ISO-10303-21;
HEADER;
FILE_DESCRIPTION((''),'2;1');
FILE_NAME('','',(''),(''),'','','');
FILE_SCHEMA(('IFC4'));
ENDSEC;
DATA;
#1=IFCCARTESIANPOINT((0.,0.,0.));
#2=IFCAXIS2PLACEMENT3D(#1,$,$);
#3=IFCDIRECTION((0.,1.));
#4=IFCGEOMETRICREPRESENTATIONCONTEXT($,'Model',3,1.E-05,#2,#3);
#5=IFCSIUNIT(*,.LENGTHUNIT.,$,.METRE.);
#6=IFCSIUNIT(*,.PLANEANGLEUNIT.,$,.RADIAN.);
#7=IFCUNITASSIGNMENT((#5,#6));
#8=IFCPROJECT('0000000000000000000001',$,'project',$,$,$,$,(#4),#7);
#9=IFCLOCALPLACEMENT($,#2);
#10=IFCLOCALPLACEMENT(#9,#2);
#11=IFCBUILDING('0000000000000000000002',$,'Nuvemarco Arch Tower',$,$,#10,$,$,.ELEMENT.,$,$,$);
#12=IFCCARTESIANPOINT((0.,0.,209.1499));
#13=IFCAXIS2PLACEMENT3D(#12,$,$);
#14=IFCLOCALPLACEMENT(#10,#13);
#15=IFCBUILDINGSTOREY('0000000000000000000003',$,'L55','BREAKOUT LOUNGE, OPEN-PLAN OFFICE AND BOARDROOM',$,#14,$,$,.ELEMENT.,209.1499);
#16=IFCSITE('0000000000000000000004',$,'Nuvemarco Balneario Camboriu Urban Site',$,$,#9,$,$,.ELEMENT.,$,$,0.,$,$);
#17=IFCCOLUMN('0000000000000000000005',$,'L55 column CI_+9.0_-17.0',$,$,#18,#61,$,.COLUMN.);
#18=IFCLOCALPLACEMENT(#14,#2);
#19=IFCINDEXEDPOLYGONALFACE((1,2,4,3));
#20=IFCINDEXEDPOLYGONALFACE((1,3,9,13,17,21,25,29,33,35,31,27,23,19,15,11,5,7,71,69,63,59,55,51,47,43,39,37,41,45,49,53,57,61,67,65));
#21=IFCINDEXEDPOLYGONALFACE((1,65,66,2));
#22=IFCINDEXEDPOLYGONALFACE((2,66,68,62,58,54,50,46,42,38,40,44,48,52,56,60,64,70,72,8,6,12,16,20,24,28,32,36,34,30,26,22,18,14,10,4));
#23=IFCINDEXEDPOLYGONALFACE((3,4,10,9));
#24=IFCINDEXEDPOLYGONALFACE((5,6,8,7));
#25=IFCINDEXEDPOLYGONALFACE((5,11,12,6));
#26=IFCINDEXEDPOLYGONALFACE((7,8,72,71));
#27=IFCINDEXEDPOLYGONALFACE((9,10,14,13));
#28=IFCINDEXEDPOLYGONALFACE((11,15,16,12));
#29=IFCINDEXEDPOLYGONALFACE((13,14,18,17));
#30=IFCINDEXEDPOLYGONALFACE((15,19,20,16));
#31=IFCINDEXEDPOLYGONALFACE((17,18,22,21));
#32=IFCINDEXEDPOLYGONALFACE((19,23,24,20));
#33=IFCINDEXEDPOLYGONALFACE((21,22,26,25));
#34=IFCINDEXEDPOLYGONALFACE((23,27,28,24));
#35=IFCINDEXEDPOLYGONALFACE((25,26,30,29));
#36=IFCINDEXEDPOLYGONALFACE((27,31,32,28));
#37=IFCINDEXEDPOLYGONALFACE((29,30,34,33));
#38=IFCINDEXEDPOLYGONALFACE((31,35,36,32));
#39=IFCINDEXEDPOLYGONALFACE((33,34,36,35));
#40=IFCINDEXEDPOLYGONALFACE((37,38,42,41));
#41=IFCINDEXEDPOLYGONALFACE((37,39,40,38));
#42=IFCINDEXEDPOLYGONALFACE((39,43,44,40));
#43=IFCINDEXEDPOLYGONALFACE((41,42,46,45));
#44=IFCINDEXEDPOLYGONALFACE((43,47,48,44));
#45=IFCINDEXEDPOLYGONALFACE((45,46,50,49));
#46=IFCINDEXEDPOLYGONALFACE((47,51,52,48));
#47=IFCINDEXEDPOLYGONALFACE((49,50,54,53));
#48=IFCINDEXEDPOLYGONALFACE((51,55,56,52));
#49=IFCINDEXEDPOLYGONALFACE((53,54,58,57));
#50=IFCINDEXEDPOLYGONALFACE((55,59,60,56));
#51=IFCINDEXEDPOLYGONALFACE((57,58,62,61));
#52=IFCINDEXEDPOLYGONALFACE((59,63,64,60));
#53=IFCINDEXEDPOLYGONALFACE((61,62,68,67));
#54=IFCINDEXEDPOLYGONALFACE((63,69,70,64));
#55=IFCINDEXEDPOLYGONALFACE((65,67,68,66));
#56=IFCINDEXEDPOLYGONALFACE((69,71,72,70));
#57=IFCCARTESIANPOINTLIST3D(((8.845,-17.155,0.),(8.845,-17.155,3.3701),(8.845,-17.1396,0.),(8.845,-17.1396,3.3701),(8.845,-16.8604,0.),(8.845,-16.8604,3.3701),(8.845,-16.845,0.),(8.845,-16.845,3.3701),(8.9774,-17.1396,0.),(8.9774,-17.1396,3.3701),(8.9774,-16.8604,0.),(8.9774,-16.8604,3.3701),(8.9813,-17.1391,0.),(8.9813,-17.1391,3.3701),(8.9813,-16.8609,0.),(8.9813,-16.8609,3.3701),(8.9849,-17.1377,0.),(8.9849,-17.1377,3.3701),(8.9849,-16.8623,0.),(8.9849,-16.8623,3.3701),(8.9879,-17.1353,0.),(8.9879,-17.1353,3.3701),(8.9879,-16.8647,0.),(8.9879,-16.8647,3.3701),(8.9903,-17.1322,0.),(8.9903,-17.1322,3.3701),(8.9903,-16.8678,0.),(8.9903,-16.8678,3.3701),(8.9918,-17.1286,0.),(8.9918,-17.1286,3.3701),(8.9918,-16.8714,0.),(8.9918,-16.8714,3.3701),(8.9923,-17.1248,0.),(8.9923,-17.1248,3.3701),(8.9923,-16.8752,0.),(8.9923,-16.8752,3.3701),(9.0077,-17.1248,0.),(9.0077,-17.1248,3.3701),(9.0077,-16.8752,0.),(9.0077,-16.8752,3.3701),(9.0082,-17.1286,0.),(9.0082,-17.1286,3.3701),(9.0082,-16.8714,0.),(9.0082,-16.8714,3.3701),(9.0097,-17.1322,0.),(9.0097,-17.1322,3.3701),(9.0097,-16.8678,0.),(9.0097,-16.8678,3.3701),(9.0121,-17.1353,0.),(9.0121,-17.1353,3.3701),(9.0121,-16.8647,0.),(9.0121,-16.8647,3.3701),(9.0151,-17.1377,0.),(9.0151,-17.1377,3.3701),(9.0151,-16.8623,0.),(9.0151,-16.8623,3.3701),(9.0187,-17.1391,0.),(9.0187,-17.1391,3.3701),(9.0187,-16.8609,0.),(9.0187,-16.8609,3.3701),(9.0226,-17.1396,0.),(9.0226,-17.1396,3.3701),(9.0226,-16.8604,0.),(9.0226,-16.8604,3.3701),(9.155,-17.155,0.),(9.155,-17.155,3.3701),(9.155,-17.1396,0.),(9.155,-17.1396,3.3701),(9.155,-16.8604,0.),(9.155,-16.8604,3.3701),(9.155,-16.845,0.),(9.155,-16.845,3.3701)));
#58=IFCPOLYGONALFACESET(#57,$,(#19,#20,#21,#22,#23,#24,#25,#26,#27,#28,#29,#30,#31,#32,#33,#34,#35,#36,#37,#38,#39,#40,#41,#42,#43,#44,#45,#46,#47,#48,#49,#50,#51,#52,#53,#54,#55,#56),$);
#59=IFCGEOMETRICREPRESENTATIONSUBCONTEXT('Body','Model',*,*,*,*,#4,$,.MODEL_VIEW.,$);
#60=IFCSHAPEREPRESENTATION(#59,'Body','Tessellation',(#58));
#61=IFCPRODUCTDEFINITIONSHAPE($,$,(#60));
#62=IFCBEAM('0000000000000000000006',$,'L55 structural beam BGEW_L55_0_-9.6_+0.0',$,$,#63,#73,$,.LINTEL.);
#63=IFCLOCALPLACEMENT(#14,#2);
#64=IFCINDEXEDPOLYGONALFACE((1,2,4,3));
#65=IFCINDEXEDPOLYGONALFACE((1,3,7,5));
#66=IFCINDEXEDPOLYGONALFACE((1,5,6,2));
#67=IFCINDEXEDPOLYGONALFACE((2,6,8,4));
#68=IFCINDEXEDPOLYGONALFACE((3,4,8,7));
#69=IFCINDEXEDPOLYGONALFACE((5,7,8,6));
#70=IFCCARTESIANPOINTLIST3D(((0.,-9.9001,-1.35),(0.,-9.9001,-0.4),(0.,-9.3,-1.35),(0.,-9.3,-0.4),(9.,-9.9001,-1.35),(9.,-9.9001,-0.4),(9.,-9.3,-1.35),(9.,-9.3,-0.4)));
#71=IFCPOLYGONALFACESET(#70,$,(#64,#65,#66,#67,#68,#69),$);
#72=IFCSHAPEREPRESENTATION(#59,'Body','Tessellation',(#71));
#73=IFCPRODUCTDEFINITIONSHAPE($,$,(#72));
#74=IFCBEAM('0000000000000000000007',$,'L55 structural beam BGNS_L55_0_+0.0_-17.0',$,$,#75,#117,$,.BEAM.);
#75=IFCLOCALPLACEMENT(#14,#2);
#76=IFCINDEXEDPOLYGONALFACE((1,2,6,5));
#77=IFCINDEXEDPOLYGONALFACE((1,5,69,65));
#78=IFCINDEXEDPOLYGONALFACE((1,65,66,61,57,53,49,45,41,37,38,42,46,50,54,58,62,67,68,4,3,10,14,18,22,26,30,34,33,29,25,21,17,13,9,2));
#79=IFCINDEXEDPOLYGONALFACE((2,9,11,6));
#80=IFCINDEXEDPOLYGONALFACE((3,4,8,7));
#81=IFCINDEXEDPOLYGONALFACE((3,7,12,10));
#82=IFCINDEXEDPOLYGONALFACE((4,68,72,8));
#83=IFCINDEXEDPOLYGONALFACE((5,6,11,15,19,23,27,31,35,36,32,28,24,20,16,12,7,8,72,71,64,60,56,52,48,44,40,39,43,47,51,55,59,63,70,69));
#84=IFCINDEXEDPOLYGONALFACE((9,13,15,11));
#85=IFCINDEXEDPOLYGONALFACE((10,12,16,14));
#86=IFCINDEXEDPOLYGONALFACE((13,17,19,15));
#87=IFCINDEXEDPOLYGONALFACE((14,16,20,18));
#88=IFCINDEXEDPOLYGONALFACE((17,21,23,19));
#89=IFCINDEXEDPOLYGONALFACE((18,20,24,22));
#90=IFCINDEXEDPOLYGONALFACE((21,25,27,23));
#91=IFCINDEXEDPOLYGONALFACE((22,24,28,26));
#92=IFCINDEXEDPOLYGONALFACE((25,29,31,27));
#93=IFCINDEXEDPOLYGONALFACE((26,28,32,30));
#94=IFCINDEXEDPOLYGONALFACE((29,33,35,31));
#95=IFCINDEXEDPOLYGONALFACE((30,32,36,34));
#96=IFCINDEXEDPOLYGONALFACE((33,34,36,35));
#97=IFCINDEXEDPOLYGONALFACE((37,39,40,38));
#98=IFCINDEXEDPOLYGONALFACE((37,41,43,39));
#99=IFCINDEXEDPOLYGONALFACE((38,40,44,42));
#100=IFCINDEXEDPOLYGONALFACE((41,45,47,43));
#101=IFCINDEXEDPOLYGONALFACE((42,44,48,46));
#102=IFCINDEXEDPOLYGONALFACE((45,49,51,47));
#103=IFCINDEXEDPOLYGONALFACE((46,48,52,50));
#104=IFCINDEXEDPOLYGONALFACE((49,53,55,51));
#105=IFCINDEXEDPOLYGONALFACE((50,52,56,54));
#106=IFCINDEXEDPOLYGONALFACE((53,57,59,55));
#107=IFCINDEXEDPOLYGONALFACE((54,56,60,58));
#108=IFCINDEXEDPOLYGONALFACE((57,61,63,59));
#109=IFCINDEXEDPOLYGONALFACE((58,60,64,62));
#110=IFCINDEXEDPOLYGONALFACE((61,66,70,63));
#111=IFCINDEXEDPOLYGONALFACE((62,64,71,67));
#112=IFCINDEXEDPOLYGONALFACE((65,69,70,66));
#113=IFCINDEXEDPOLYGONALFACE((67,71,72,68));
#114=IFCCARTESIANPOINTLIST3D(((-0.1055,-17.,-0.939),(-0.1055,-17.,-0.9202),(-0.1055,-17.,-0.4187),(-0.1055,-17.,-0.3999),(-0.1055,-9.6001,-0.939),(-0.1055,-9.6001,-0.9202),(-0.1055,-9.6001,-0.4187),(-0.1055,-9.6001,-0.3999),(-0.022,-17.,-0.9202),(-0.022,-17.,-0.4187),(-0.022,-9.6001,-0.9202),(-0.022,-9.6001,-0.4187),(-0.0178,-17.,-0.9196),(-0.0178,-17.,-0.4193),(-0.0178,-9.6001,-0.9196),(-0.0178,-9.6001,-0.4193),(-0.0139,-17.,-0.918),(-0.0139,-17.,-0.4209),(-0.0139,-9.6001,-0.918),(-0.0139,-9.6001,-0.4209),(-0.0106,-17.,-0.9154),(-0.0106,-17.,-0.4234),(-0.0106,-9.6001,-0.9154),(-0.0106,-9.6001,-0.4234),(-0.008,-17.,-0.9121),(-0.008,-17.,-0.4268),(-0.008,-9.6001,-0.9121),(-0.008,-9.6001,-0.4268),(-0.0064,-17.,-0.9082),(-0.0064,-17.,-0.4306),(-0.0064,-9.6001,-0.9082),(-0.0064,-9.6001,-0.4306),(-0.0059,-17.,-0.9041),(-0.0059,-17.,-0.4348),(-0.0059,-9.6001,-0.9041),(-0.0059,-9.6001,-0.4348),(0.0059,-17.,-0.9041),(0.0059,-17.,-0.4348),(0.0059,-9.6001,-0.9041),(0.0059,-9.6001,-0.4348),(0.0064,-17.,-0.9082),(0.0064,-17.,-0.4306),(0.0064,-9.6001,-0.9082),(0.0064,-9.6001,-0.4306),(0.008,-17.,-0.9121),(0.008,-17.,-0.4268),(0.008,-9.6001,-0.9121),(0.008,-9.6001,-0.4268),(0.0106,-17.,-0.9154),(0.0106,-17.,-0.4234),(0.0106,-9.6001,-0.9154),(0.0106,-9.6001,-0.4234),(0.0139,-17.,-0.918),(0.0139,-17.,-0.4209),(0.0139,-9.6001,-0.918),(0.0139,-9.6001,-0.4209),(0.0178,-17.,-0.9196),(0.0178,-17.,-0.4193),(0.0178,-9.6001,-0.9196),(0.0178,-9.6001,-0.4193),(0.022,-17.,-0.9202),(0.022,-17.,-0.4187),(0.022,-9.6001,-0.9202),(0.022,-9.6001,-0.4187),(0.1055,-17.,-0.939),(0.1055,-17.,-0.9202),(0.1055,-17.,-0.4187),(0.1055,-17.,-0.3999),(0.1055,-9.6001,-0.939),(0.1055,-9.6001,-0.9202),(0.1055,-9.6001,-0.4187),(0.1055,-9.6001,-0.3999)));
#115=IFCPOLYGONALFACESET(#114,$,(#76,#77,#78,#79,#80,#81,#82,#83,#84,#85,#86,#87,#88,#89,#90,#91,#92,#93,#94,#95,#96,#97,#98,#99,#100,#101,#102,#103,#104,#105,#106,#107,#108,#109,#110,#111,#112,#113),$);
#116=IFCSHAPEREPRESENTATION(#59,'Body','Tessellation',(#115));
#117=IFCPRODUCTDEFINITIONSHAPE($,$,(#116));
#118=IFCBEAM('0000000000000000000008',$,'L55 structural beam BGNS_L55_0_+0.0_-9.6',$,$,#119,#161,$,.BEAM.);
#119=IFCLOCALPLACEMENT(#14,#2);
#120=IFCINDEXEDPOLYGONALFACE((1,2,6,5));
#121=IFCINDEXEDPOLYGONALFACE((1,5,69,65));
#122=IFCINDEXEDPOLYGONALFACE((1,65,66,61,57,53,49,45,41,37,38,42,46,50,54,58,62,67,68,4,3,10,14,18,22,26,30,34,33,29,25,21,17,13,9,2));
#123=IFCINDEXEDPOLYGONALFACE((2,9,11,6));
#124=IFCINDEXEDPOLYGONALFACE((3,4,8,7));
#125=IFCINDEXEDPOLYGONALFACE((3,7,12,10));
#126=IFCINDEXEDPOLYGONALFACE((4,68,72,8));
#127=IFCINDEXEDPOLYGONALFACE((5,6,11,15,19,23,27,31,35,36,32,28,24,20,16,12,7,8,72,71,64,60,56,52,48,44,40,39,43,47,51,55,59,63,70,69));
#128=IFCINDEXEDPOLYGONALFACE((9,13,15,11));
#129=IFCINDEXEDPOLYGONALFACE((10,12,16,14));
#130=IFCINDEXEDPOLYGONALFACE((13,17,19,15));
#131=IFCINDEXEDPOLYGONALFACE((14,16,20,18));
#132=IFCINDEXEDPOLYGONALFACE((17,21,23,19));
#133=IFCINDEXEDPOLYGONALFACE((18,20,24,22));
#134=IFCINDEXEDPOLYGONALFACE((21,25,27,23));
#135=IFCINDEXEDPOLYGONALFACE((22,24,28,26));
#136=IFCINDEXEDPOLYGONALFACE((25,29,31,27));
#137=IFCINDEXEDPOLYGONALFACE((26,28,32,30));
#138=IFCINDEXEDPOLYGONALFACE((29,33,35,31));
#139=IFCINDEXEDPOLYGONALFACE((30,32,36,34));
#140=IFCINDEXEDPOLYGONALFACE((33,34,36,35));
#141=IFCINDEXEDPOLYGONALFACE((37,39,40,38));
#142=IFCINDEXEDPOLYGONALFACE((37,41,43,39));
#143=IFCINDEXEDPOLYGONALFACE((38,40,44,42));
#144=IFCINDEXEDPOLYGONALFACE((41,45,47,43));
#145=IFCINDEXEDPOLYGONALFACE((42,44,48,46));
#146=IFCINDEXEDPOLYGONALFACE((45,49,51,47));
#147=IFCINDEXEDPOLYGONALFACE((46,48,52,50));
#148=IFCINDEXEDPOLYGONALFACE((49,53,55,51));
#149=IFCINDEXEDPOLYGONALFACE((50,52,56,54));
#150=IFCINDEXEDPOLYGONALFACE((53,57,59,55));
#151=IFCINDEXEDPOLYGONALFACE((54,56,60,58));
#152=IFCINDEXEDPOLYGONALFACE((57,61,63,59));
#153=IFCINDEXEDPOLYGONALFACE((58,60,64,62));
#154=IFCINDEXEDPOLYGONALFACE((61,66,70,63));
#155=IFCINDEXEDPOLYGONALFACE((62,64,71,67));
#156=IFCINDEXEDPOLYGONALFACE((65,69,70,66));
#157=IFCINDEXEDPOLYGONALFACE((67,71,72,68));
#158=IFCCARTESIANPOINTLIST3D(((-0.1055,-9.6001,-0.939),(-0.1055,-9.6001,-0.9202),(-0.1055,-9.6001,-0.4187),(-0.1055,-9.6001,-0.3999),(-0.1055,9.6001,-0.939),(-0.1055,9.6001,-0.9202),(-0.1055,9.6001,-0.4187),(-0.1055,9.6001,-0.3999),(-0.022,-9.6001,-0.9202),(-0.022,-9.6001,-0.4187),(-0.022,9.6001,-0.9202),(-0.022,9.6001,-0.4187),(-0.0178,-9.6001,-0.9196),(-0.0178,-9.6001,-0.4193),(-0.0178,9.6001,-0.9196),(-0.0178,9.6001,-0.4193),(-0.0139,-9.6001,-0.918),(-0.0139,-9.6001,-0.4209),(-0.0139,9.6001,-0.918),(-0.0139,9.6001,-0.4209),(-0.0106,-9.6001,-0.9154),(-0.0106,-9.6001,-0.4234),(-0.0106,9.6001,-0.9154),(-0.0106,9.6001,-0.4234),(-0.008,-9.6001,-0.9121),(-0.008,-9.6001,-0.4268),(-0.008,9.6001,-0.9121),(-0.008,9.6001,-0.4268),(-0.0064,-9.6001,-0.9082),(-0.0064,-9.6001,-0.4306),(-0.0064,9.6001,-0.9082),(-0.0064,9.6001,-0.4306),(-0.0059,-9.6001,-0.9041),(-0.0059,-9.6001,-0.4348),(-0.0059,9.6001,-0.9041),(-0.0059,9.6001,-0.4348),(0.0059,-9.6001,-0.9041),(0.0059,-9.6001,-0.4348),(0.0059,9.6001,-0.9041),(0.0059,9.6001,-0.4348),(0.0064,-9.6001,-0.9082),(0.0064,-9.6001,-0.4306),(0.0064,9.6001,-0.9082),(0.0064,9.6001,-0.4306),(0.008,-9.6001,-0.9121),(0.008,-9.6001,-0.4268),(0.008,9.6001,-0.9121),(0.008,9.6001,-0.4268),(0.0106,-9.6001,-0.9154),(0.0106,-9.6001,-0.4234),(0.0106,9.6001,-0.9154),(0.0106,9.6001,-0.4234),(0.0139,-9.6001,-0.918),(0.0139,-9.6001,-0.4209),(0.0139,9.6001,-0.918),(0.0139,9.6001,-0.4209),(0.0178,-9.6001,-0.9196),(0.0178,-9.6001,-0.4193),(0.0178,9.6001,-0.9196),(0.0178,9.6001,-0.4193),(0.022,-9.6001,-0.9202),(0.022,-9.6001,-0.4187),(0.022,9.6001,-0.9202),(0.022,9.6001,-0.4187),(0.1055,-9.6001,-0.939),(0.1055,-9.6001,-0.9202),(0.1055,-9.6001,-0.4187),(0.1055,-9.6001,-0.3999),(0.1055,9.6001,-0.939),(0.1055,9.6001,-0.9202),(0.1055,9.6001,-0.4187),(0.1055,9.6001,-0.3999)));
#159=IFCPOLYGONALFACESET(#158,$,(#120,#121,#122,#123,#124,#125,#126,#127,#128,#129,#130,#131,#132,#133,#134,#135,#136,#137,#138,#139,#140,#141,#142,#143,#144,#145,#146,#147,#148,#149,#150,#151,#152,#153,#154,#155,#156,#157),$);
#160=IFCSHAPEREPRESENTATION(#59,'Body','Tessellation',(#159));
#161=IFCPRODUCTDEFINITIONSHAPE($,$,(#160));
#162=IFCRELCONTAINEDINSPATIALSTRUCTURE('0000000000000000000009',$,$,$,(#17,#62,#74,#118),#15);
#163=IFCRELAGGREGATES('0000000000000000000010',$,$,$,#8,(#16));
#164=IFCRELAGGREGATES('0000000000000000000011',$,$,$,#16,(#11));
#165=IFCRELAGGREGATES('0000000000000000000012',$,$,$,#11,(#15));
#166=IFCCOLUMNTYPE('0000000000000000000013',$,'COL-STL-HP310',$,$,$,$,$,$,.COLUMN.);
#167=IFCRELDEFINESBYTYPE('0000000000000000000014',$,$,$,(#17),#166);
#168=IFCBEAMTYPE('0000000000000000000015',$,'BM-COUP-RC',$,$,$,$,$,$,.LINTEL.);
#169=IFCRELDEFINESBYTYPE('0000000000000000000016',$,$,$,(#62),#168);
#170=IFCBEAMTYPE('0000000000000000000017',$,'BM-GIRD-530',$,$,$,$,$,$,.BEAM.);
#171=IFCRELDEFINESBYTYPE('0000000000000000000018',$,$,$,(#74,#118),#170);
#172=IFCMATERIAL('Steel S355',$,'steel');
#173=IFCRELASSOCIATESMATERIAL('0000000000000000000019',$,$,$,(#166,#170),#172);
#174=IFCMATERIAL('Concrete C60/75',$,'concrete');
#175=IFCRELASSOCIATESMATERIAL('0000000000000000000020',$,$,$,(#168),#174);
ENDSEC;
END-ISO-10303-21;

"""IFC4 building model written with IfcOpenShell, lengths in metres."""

from ifc_helpers import new_model, si_unit, direction, frame, origin, origin_2d, place, context, subcontext, project, spatial, rectangle, i_section, extrude, material, material_profile, profile_set, type_object, element, save


model = new_model("IFC4")

# Units and contexts
model_context = context("Model", 3, precision=1e-05, world=origin(), true_north=direction((0.0, 1.0)))
body_context = subcontext(model_context, "Body", "Model", "MODEL_VIEW")
ifc_project = project(units=[si_unit("LENGTHUNIT", "METRE"), si_unit("PLANEANGLEUNIT", "RADIAN")], contexts=[model_context])

# Site, building, storey
site_placement = place(None, origin())
site = spatial("IfcSite", under=ifc_project, at=site_placement, Name="Nuvemarco Balneario Camboriu Urban Site", CompositionType="ELEMENT", RefElevation=0.0)
building_placement = place(site_placement, origin())
building = spatial("IfcBuilding", under=site, at=building_placement, Name="Nuvemarco Arch Tower", CompositionType="ELEMENT")
storey_placement = place(building_placement, frame((0.0, 0.0, 209.1499)))
storey = spatial("IfcBuildingStorey", under=building, at=storey_placement, Name="L55", Description="BREAKOUT LOUNGE, OPEN-PLAN OFFICE AND BOARDROOM", CompositionType="ELEMENT", Elevation=209.1499)

# Column
ifc_material_1 = material(Name="Steel S355", Category="steel")
ifc_material_profile_1 = material_profile(ifc_material_1, i_section(OverallWidth=0.3101, OverallDepth=0.3101, WebThickness=0.0154, FlangeThickness=0.0154, FilletRadius=0.0149, at=origin_2d()), Name="HP310x110")
ifc_profile_set_1 = profile_set([ifc_material_profile_1], Name="Steel S355")
column_type_1 = type_object("IfcColumnType", Name="COL-STL-HP310", PredefinedType="COLUMN", material=ifc_profile_set_1)
for number, where, z_axis, x_axis, name in (
    (1, (9.0, -17.0, 0.0), (0.0, 0.0, 1.0), (1.0, 0.0, 0.0), "L55 column CI_+9.0_-17.0"),
):
    element("IfcColumn", number, at=place(storey_placement, frame(where, z_axis=z_axis, x_axis=x_axis)), inside=storey, type_object=column_type_1, Name=name, PredefinedType="COLUMN", context=body_context, shape_type="SweptSolid", body=[
        extrude(i_section(OverallWidth=0.3101, OverallDepth=0.3101, WebThickness=0.0154, FlangeThickness=0.0154, FilletRadius=0.0149, at=origin_2d()), origin(), (0.0, 0.0, 1.0), 3.3701),
    ])

# Beams
ifc_material_2 = material(Name="Concrete C60/75", Category="concrete")
ifc_material_profile_2 = material_profile(ifc_material_2, rectangle(XDim=0.6001, YDim=0.95, at=origin_2d()), Name="RC-BM-600x950")
ifc_profile_set_2 = profile_set([ifc_material_profile_2], Name="Concrete C60/75")
beam_type_1 = type_object("IfcBeamType", Name="BM-COUP-RC", PredefinedType="LINTEL", material=ifc_profile_set_2)
beam_1_placement = place(storey_placement, frame((0.0, -9.6001, -0.875), z_axis=(1.0, 0.0, 0.0), x_axis=(0.0, 1.0, 0.0)))
element("IfcBeam", 2, at=beam_1_placement, inside=storey, type_object=beam_type_1, Name="L55 structural beam BGEW_L55_0_-9.6_+0.0", PredefinedType="LINTEL", context=body_context, shape_type="SweptSolid", body=[
    extrude(rectangle(XDim=0.6001, YDim=0.95, at=origin_2d()), origin(), (0.0, 0.0, 1.0), 9.0),
])
ifc_material_profile_3 = material_profile(ifc_material_1, i_section(OverallWidth=0.2109, OverallDepth=0.5391, WebThickness=0.0117, FlangeThickness=0.0188, FilletRadius=0.0161, at=origin_2d()), Name="W530x109")
ifc_profile_set_3 = profile_set([ifc_material_profile_3], Name="Steel S355")
beam_type_2 = type_object("IfcBeamType", Name="BM-GIRD-530", PredefinedType="BEAM", material=ifc_profile_set_3)
beam_2_placement = place(storey_placement, frame((0.0, -17.0, -0.6694), z_axis=(0.0, 1.0, 0.0), x_axis=(-1.0, 0.0, 0.0)))
element("IfcBeam", 3, at=beam_2_placement, inside=storey, type_object=beam_type_2, Name="L55 structural beam BGNS_L55_0_+0.0_-17.0", PredefinedType="BEAM", context=body_context, shape_type="SweptSolid", body=[
    extrude(i_section(OverallWidth=0.2109, OverallDepth=0.5391, WebThickness=0.0117, FlangeThickness=0.0188, FilletRadius=0.0161, at=origin_2d()), origin(), (0.0, 0.0, 1.0), 7.3999),
])
beam_3_placement = place(storey_placement, frame((0.0, -9.6001, -0.6694), z_axis=(0.0, 1.0, 0.0), x_axis=(-1.0, 0.0, 0.0)))
element("IfcBeam", 4, at=beam_3_placement, inside=storey, type_object=beam_type_2, Name="L55 structural beam BGNS_L55_0_+0.0_-9.6", PredefinedType="BEAM", context=body_context, shape_type="SweptSolid", body=[
    extrude(i_section(OverallWidth=0.2109, OverallDepth=0.5391, WebThickness=0.0117, FlangeThickness=0.0188, FilletRadius=0.0161, at=origin_2d()), origin(), (0.0, 0.0, 1.0), 19.2002),
])

save(model, "model.ifc")
